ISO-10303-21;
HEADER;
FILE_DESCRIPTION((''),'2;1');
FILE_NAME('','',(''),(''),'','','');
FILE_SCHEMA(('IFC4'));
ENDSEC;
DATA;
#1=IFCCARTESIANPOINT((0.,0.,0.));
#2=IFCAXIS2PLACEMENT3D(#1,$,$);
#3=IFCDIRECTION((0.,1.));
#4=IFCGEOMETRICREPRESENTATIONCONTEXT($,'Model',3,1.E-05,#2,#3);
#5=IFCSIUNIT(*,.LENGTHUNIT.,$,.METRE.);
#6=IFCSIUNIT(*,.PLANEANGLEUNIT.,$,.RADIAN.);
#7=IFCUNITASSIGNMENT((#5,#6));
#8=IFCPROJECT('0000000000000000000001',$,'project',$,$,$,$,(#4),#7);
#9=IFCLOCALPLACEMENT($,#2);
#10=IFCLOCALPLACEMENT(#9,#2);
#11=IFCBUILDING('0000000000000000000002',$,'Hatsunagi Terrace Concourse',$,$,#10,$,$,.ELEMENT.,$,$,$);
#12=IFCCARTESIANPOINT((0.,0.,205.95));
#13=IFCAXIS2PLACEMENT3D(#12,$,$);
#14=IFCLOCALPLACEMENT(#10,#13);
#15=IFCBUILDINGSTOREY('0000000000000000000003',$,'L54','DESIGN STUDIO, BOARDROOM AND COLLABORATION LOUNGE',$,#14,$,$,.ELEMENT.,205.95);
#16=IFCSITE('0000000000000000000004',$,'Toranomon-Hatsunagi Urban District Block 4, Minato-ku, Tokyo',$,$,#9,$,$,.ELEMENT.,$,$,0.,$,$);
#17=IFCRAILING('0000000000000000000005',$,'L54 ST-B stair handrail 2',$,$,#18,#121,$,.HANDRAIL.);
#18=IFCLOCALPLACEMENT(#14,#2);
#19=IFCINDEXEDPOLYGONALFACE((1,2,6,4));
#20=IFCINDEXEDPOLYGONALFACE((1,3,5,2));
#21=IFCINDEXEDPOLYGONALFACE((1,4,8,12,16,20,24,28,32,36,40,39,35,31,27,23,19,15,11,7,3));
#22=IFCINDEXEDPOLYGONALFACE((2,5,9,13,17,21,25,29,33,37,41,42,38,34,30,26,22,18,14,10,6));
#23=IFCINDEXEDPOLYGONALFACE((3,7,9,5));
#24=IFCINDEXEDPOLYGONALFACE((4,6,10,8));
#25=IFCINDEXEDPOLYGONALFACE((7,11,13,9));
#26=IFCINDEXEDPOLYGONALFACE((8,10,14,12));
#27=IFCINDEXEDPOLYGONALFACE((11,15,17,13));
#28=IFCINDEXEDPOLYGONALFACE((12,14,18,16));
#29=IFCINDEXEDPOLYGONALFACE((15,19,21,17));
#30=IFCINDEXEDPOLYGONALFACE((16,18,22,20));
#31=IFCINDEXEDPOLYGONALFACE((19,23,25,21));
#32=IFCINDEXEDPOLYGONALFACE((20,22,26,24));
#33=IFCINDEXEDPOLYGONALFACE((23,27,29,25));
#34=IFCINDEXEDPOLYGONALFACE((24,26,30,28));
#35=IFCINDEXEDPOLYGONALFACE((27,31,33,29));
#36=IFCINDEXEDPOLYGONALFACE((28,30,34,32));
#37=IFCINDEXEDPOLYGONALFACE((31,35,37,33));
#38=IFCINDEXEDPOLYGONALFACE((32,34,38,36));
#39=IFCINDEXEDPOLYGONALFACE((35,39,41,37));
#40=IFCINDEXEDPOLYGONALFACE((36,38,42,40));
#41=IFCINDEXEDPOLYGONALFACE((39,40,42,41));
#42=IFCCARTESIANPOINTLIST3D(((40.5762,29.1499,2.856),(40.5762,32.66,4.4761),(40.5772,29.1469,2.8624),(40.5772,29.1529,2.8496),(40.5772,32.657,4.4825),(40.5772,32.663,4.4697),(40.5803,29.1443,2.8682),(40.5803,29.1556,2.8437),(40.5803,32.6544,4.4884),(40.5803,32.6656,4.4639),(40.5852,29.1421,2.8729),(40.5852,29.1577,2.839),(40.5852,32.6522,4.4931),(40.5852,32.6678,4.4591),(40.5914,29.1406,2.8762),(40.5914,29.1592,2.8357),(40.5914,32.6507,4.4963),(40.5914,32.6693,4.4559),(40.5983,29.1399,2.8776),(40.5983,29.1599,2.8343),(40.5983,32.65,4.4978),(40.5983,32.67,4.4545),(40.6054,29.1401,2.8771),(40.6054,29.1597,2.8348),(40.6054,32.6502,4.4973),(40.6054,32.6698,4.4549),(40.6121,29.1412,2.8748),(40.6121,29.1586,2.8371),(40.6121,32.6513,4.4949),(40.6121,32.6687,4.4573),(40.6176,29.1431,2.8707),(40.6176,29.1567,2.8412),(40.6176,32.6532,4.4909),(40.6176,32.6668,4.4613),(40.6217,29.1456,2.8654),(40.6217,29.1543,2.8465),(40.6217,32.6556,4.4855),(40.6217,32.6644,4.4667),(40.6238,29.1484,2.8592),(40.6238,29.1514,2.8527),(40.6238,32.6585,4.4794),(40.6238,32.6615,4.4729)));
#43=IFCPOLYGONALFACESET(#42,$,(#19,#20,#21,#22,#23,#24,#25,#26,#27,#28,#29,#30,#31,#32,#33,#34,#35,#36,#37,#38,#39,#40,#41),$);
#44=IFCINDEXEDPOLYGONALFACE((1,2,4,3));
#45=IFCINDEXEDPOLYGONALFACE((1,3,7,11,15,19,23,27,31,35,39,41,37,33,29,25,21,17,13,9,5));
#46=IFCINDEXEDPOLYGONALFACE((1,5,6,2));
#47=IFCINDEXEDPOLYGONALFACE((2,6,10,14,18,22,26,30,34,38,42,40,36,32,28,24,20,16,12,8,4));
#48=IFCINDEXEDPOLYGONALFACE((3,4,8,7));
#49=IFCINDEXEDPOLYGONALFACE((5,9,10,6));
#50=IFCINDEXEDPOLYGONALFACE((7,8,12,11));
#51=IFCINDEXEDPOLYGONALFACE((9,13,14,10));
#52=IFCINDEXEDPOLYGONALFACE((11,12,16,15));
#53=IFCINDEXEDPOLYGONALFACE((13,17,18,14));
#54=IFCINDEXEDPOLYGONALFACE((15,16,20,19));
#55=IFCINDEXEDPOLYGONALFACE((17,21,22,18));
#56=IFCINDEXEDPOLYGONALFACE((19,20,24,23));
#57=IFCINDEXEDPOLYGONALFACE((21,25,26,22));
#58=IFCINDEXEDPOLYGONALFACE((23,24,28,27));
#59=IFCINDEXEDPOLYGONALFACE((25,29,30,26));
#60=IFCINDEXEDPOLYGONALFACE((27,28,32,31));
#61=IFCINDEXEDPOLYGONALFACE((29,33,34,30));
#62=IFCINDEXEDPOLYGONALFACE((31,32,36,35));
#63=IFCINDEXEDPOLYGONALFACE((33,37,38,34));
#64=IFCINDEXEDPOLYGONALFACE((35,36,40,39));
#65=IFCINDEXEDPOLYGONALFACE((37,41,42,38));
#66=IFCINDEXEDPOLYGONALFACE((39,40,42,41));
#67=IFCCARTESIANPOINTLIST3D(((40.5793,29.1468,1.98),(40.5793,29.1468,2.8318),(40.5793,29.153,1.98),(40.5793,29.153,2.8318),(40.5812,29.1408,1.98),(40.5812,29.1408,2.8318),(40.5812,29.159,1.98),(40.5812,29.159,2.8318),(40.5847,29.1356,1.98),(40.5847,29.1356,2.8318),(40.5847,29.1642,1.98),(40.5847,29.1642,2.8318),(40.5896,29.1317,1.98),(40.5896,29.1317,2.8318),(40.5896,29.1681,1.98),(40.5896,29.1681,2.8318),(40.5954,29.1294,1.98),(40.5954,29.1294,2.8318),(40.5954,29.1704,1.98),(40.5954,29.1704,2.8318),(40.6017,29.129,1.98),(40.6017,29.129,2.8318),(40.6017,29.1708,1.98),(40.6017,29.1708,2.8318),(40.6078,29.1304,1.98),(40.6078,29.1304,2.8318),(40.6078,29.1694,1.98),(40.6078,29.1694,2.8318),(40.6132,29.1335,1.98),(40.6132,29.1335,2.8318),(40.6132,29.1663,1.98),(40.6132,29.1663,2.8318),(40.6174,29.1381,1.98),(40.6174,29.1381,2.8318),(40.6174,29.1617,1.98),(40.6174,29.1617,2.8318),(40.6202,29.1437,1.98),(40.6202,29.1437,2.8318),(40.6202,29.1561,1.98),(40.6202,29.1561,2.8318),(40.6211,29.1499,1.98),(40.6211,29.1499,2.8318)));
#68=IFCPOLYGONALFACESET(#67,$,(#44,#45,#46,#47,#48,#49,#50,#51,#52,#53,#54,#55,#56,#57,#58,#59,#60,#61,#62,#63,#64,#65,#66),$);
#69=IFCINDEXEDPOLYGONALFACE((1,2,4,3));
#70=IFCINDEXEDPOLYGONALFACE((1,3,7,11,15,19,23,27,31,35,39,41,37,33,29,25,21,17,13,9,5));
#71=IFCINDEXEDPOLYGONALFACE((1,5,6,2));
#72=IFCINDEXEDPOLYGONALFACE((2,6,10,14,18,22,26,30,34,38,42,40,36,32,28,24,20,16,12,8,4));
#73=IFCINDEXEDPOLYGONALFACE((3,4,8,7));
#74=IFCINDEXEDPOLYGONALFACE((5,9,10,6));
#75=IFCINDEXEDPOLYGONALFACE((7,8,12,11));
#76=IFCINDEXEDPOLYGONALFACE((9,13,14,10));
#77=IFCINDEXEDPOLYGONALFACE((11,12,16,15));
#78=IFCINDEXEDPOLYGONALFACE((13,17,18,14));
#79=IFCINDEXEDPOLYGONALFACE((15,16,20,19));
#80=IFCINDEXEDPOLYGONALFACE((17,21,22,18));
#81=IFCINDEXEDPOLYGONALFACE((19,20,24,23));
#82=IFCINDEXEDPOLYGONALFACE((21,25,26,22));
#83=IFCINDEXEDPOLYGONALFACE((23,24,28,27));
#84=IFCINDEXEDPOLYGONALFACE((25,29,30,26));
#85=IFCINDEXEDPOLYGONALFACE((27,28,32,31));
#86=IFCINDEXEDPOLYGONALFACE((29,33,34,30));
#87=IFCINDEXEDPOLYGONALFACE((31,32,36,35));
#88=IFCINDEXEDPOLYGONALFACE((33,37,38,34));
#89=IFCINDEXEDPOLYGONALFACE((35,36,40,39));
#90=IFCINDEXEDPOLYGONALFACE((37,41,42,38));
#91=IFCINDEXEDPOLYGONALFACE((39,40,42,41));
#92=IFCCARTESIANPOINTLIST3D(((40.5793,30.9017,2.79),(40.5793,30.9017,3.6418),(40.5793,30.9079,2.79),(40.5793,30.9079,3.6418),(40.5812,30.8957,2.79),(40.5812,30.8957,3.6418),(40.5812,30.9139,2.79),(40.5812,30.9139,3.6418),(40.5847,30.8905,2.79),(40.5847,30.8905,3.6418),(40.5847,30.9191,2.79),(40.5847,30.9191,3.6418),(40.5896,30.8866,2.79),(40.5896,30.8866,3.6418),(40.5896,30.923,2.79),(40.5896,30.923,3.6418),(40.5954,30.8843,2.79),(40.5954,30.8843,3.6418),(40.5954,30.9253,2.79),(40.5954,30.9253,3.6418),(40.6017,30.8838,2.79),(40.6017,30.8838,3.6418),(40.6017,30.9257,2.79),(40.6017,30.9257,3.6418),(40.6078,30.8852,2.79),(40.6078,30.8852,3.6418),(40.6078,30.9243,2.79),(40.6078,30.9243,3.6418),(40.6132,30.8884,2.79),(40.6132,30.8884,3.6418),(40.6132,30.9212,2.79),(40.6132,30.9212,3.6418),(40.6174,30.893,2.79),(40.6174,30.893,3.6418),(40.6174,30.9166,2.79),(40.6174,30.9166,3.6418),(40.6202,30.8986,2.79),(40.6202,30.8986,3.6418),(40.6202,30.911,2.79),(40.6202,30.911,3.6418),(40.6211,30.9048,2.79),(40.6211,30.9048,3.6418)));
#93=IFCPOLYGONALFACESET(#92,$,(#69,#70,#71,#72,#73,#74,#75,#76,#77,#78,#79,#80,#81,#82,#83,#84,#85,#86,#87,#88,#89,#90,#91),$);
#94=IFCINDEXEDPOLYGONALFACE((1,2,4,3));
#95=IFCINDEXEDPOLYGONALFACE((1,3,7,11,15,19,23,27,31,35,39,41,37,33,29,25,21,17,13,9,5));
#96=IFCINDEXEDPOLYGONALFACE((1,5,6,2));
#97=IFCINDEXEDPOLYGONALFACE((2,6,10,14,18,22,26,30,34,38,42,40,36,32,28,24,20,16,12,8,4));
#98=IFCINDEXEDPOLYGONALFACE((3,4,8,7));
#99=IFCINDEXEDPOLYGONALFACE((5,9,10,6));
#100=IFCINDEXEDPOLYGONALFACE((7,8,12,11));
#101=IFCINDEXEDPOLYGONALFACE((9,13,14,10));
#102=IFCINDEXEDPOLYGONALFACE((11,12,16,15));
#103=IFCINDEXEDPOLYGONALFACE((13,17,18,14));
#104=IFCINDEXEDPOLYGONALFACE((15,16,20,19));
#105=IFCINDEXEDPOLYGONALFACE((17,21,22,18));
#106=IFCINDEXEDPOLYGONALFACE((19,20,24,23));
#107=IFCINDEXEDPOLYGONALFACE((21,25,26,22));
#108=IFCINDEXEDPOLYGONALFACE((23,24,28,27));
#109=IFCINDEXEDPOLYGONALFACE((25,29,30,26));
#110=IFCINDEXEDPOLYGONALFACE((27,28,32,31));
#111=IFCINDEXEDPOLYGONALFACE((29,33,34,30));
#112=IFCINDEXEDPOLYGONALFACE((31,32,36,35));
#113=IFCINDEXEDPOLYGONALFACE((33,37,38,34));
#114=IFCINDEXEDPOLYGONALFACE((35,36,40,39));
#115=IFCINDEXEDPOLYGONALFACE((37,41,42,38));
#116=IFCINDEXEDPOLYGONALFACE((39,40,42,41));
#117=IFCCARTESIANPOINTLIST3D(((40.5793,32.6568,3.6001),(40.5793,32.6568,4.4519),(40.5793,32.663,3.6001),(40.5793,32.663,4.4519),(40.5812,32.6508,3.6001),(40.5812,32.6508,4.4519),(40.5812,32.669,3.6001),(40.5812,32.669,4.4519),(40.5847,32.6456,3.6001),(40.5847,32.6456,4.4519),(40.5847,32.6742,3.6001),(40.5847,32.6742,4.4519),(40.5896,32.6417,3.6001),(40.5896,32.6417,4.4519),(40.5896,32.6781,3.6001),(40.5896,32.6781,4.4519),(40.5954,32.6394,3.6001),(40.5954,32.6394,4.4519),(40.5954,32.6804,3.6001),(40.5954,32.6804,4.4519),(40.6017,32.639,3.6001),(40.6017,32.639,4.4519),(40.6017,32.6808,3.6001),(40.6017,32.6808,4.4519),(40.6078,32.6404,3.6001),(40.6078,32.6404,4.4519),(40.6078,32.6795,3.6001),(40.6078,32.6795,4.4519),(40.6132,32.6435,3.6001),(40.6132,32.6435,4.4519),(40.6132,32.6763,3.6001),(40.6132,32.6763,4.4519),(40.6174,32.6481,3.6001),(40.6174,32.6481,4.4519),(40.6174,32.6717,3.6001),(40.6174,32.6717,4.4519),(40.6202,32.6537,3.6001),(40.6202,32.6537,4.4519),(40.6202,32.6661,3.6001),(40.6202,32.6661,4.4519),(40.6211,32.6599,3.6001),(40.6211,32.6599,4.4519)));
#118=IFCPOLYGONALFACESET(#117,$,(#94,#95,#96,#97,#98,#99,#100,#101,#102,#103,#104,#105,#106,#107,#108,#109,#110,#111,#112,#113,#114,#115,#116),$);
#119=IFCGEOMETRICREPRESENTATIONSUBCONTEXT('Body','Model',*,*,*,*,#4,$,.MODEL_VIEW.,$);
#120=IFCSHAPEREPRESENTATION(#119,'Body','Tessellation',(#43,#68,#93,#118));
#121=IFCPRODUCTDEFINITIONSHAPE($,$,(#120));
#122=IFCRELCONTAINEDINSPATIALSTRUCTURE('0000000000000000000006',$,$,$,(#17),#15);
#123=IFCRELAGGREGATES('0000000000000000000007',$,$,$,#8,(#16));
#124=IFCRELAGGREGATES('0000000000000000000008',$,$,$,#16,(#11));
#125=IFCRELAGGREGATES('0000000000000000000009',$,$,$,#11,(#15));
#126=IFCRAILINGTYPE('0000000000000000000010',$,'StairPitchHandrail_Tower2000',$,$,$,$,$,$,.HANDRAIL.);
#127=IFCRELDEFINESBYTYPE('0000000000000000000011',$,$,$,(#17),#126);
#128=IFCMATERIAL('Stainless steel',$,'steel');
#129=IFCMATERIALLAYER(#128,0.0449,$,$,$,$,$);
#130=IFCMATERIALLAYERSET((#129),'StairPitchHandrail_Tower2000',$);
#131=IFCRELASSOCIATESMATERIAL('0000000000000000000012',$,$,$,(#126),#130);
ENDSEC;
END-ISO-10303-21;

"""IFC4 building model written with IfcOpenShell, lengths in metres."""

from ifc_helpers import new_model, si_unit, direction, frame, origin, origin_2d, place, context, subcontext, project, spatial, circle, extrude, material, layer, layer_set, type_object, element, save


model = new_model("IFC4")

# Units and contexts
model_context = context("Model", 3, precision=1e-05, world=origin(), true_north=direction((0.0, 1.0)))
body_context = subcontext(model_context, "Body", "Model", "MODEL_VIEW")
ifc_project = project(units=[si_unit("LENGTHUNIT", "METRE"), si_unit("PLANEANGLEUNIT", "RADIAN")], contexts=[model_context])

# Site, building, storey
site_placement = place(None, origin())
site = spatial("IfcSite", under=ifc_project, at=site_placement, Name="Toranomon-Hatsunagi Urban District Block 4, Minato-ku, Tokyo", CompositionType="ELEMENT", RefElevation=0.0)
building_placement = place(site_placement, origin())
building = spatial("IfcBuilding", under=site, at=building_placement, Name="Hatsunagi Terrace Concourse", CompositionType="ELEMENT")
storey_placement = place(building_placement, frame((0.0, 0.0, 205.95)))
storey = spatial("IfcBuildingStorey", under=building, at=storey_placement, Name="L54", Description="DESIGN STUDIO, BOARDROOM AND COLLABORATION LOUNGE", CompositionType="ELEMENT", Elevation=205.95)

# Railing
ifc_material_1 = material(Name="Stainless steel", Category="steel")
ifc_layer_1 = layer(ifc_material_1, 0.0449)
ifc_layer_set_1 = layer_set([ifc_layer_1], Name="StairPitchHandrail_Tower2000")
railing_type_1 = type_object("IfcRailingType", Name="StairPitchHandrail_Tower2000", PredefinedType="HANDRAIL", material=ifc_layer_set_1)
railing_1_placement = place(storey_placement, frame((40.6001, 29.1499, 1.98)))
element("IfcRailing", 1, at=railing_1_placement, inside=storey, type_object=railing_type_1, Name="L54 ST-B stair handrail 2", PredefinedType="HANDRAIL", context=body_context, shape_type="SweptSolid", body=[
    extrude(circle(Radius=0.0239, at=origin_2d()), frame((0.0, 0.0, 0.876), z_axis=(0.0, 0.907948, 0.419082), x_axis=(-1.0, 0.0, 0.0)), (0.0, 0.0, 1.0), 3.866),
    extrude(circle(Radius=0.021, at=origin_2d()), origin(), (0.0, 0.0, 1.0), 0.8518),
    extrude(circle(Radius=0.021, at=origin_2d()), frame((0.0, 1.7549, 0.8101)), (0.0, 0.0, 1.0), 0.8518),
    extrude(circle(Radius=0.021, at=origin_2d()), frame((0.0, 3.51, 1.6201)), (0.0, 0.0, 1.0), 0.8518),
])

save(model, "model.ifc")
